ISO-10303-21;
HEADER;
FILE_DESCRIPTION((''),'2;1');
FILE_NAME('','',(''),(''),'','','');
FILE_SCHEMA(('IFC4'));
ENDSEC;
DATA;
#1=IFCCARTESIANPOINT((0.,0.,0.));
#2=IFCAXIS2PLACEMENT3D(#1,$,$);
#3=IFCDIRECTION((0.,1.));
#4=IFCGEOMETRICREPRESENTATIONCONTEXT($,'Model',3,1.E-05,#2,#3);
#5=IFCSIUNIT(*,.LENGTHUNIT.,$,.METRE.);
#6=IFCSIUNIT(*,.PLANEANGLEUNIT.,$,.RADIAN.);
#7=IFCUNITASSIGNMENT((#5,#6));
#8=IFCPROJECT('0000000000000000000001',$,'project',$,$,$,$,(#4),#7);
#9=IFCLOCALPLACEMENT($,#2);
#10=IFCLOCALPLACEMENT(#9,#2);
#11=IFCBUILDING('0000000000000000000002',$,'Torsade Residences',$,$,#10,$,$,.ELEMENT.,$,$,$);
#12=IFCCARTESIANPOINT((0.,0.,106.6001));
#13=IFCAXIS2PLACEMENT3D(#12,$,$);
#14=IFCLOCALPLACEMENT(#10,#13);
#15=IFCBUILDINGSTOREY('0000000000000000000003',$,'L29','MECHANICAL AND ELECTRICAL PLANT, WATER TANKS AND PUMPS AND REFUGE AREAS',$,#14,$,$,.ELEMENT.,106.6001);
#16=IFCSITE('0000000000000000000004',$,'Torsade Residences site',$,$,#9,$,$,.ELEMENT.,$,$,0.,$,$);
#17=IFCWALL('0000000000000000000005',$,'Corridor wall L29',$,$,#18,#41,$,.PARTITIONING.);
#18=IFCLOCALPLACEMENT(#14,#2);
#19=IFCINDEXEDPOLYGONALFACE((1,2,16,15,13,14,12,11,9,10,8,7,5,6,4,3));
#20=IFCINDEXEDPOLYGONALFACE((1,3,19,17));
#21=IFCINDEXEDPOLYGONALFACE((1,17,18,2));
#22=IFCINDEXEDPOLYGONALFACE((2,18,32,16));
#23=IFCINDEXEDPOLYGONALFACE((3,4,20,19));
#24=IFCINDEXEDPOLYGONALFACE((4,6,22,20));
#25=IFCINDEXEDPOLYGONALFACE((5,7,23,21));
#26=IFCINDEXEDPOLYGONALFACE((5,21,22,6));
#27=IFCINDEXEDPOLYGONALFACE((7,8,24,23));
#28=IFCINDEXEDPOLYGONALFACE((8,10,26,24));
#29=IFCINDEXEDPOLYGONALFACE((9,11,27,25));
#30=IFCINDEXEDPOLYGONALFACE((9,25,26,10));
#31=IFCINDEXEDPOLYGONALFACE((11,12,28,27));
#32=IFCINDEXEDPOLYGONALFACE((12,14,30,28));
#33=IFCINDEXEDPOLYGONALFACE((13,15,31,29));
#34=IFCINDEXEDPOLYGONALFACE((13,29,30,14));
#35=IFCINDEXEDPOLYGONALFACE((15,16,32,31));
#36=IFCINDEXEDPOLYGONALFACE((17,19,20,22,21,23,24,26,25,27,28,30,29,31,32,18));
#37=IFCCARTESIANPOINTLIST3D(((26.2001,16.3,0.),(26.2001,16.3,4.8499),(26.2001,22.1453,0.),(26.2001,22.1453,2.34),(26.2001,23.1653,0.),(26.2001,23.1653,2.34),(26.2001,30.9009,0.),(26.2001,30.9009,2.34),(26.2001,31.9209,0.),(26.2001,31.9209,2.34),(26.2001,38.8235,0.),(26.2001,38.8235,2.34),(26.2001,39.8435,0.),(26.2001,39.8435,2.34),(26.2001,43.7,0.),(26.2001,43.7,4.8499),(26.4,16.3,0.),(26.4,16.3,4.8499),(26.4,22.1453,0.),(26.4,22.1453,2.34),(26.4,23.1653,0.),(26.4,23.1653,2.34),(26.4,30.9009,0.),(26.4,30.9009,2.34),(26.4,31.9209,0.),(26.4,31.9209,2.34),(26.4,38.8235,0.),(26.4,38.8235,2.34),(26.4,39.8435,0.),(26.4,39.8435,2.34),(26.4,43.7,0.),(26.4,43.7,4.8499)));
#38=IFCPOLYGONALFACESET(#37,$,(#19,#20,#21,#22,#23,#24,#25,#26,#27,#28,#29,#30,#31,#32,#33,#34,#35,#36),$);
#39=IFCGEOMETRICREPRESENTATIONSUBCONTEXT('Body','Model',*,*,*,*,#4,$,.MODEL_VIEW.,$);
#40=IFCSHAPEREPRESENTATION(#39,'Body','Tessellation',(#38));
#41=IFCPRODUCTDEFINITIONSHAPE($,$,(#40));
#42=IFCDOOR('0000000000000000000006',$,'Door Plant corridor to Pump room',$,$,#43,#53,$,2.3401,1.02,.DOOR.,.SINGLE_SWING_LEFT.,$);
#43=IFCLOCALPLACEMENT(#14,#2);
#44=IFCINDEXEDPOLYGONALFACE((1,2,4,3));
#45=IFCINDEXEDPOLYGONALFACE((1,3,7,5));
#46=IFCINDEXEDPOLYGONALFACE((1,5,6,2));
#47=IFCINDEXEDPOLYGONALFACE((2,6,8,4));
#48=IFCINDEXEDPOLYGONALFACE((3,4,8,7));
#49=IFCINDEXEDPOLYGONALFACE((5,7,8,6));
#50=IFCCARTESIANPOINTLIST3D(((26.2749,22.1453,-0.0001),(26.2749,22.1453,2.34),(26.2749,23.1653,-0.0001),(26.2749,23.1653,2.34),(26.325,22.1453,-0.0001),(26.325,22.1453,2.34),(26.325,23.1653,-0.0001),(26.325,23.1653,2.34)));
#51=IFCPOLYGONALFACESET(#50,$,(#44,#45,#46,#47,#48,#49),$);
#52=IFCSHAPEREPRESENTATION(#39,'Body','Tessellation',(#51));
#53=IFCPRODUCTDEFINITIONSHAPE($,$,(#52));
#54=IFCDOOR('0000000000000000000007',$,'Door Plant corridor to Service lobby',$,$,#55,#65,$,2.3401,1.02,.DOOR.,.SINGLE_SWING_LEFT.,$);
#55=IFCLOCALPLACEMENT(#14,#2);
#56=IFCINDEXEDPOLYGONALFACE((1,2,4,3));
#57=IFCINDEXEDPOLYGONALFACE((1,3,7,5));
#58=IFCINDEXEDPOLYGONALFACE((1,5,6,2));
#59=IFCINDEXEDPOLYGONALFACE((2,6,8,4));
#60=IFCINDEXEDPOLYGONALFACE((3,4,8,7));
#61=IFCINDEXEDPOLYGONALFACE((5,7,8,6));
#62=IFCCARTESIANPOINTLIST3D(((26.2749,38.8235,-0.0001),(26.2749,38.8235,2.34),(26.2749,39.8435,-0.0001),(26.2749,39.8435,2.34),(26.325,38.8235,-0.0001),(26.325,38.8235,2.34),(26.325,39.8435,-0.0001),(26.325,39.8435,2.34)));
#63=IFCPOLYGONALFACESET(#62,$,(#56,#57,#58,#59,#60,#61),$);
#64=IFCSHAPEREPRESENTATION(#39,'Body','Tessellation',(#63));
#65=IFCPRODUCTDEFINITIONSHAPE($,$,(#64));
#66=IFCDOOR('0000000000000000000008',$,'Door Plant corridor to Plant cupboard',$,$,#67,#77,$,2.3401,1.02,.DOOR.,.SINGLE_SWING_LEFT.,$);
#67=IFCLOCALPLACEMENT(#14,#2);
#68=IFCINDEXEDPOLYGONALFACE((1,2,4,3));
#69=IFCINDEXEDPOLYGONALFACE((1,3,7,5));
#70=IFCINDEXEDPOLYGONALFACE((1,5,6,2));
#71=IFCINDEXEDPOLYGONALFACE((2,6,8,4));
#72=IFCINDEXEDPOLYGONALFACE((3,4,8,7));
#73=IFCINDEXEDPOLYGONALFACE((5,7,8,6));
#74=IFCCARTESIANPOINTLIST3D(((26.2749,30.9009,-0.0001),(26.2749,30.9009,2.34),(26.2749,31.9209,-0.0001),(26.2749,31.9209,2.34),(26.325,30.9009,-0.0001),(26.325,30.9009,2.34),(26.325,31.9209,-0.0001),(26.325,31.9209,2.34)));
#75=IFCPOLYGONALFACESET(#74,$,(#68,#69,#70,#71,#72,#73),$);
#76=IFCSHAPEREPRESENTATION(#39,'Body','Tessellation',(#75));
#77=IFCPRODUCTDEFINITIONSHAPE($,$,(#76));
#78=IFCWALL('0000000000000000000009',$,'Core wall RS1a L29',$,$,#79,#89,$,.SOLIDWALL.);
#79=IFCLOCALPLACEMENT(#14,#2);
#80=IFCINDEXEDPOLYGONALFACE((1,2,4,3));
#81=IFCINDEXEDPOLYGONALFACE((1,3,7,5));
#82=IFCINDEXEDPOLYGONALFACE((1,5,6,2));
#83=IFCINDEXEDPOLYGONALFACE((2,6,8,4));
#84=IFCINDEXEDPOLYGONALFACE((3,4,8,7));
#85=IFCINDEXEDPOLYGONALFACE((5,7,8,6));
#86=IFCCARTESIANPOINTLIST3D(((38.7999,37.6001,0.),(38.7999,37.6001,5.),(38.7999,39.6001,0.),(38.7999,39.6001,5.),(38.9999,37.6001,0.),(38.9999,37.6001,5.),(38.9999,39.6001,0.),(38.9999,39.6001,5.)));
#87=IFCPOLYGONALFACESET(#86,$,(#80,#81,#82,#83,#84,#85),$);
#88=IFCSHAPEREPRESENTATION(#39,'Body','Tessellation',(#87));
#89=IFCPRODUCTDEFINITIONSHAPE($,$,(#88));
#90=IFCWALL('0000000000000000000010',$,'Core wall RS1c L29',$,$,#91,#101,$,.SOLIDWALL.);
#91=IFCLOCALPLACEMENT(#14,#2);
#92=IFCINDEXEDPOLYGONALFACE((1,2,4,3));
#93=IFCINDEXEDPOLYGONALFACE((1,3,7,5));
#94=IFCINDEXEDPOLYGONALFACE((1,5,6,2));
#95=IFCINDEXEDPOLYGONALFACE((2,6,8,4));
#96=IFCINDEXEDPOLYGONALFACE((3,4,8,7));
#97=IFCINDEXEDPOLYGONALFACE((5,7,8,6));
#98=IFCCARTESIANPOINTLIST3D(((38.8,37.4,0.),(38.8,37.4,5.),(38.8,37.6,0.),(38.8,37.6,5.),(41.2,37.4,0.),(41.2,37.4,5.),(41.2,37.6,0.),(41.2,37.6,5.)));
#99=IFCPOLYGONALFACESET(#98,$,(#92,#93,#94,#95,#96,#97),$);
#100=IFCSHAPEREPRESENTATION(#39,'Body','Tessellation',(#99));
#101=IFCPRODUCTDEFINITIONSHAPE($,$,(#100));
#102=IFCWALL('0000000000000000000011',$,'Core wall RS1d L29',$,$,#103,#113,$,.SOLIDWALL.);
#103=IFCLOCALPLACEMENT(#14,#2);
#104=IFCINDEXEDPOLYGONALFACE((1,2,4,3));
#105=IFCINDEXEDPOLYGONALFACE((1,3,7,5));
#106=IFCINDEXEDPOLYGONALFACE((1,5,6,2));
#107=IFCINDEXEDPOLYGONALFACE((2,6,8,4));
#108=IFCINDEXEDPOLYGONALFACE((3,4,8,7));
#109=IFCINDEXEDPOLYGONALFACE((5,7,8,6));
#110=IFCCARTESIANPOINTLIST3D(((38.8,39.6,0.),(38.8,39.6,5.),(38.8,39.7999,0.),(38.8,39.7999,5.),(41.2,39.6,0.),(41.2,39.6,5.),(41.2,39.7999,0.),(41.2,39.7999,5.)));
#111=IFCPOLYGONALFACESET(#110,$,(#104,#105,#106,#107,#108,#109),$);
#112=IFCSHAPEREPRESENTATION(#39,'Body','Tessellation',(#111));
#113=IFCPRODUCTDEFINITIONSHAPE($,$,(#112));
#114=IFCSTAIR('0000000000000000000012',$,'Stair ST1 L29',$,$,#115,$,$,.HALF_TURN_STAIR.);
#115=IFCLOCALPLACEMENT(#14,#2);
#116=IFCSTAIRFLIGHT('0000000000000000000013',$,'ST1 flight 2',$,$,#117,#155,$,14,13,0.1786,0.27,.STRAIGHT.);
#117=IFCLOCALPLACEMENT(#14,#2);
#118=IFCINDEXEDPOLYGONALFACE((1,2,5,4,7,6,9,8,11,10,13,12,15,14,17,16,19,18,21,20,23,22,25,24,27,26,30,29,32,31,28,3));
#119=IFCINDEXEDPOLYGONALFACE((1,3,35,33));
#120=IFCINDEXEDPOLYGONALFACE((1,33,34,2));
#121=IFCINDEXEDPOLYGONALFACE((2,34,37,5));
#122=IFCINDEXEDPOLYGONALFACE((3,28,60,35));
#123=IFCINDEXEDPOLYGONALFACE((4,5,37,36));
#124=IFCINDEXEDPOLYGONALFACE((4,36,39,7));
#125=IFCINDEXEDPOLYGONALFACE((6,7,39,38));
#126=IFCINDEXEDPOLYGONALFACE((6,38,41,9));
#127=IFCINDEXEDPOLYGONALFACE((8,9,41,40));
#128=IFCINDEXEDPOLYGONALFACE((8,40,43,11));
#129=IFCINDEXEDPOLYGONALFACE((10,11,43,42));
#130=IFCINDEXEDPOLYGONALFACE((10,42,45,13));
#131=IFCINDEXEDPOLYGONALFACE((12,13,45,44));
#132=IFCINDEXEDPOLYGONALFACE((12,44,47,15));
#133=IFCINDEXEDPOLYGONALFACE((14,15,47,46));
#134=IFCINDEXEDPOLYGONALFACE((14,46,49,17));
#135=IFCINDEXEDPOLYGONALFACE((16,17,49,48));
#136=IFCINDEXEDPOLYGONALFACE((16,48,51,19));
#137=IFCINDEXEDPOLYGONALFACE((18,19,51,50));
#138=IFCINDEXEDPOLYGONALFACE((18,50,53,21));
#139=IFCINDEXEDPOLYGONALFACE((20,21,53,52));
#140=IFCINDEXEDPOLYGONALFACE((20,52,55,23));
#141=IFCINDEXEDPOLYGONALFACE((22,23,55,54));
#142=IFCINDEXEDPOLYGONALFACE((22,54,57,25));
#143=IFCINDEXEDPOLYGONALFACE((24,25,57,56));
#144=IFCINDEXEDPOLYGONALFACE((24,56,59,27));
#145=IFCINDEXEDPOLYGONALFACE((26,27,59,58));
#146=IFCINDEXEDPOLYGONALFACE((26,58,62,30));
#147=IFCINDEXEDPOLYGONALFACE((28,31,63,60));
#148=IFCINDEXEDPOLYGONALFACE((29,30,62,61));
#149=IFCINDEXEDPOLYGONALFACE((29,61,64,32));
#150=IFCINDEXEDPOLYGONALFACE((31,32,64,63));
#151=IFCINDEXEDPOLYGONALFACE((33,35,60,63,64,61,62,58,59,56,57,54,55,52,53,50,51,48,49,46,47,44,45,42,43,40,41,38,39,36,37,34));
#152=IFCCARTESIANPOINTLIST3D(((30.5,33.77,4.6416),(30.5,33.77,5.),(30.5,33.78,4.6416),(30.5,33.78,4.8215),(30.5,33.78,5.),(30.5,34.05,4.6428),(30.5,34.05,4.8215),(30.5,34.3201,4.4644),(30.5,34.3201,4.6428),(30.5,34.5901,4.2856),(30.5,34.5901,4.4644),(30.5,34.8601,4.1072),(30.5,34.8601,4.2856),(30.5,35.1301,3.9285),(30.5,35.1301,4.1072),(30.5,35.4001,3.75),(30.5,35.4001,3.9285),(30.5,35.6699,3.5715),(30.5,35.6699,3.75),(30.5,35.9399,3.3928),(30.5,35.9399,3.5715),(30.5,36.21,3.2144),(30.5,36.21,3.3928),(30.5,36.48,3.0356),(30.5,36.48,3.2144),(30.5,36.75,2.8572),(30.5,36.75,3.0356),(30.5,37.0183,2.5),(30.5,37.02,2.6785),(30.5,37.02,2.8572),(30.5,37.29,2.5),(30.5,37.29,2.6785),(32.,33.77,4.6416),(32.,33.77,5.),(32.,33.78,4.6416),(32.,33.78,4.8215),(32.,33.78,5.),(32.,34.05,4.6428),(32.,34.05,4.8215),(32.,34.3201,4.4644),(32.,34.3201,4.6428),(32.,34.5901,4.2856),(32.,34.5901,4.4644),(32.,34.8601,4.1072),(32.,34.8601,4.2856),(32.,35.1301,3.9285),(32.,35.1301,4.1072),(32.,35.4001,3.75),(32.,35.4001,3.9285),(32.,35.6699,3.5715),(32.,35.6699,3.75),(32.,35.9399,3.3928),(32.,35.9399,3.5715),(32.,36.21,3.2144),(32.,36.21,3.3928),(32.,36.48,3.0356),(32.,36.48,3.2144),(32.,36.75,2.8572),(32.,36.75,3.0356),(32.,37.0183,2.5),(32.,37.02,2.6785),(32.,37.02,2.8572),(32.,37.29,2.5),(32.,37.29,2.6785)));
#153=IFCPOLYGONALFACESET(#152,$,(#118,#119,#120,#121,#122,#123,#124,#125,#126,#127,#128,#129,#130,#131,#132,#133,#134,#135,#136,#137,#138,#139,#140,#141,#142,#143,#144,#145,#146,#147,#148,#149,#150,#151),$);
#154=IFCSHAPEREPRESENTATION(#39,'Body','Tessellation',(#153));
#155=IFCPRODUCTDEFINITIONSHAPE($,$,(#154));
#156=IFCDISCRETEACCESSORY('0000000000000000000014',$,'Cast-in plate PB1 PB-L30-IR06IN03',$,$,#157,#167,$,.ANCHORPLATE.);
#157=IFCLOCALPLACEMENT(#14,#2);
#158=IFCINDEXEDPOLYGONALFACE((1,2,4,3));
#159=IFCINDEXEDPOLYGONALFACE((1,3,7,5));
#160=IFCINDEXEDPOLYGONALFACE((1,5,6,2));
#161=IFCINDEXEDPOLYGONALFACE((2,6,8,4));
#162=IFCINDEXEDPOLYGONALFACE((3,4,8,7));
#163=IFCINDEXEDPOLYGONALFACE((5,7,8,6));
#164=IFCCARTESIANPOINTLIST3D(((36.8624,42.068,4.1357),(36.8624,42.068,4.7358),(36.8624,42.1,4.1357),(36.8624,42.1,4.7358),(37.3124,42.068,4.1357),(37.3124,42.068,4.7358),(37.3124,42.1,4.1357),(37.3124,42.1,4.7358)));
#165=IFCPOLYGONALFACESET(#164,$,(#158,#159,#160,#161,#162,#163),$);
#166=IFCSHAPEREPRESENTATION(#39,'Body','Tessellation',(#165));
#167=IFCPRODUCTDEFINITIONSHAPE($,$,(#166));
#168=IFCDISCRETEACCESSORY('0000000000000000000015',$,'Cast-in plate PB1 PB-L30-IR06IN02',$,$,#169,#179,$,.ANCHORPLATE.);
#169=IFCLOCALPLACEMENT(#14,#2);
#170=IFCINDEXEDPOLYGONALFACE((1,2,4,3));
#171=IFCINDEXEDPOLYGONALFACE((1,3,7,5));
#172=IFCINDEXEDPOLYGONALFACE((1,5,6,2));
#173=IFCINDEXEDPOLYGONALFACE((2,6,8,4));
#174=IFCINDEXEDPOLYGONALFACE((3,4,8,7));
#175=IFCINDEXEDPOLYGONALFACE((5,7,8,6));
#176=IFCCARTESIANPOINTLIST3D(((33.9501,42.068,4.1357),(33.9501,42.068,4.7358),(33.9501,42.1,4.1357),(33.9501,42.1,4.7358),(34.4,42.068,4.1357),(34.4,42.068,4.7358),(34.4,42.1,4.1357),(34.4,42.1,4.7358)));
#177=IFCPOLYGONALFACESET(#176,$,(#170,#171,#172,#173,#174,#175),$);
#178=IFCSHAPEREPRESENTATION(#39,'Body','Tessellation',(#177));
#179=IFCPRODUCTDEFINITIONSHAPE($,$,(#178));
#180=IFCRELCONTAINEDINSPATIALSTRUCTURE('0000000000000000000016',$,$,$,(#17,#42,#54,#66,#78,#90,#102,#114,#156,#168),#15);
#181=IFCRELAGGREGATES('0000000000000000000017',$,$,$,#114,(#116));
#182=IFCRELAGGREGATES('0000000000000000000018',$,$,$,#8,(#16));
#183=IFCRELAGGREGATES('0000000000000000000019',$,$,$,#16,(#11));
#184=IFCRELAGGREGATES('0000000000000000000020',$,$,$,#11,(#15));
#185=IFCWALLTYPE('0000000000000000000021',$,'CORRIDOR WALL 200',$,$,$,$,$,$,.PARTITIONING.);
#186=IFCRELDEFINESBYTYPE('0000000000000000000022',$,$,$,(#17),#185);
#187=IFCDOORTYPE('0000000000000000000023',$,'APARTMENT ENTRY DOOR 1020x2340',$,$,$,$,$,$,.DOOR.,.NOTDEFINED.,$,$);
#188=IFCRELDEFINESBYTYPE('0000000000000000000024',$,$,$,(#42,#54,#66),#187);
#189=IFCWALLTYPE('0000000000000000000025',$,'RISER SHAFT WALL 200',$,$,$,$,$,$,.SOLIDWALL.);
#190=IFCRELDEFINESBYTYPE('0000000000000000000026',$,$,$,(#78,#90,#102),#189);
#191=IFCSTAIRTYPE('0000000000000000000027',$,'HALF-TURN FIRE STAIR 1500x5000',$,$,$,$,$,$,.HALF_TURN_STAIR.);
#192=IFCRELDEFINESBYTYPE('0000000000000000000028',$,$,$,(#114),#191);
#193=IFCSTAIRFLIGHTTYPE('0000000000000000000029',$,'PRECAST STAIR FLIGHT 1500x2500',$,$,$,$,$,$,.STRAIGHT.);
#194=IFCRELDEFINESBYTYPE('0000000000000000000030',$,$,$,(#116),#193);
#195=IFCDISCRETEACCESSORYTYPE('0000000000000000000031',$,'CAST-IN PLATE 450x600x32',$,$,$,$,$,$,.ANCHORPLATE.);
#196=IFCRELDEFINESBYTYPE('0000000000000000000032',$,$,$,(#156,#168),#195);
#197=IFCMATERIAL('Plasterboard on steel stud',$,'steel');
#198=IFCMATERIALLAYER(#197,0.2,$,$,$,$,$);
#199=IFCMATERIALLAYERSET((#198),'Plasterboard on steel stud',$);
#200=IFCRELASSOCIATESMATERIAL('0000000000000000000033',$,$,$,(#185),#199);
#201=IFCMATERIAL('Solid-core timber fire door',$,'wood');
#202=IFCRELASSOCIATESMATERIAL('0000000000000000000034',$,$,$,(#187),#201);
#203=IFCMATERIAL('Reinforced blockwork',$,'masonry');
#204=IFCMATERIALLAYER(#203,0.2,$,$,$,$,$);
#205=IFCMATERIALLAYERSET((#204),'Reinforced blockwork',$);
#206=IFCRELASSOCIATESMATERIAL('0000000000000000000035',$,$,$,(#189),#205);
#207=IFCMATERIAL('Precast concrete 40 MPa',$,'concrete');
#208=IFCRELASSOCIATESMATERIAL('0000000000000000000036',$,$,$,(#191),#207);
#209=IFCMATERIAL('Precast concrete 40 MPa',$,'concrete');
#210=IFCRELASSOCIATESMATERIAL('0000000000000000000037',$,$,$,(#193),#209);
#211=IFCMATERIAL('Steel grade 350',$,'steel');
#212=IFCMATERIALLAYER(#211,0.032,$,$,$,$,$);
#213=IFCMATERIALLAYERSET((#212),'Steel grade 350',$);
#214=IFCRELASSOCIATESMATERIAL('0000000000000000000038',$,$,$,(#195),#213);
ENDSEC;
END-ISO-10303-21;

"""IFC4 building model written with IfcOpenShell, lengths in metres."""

from ifc_helpers import new_model, si_unit, direction, frame, frame_2d, origin, origin_2d, place, context, subcontext, project, spatial, polyline, rectangle, outline, extrude, material, layer, layer_set, type_object, element, fill, aggregate, save


model = new_model("IFC4")

# Units and contexts
model_context = context("Model", 3, precision=1e-05, world=origin(), true_north=direction((0.0, 1.0)))
body_context = subcontext(model_context, "Body", "Model", "MODEL_VIEW")
ifc_project = project(units=[si_unit("LENGTHUNIT", "METRE"), si_unit("PLANEANGLEUNIT", "RADIAN")], contexts=[model_context])

# Site, building, storey
site_placement = place(None, origin())
site = spatial("IfcSite", under=ifc_project, at=site_placement, Name="Torsade Residences site", CompositionType="ELEMENT", RefElevation=0.0)
building_placement = place(site_placement, origin())
building = spatial("IfcBuilding", under=site, at=building_placement, Name="Torsade Residences", CompositionType="ELEMENT")
storey_placement = place(building_placement, frame((0.0, 0.0, 106.6001)))
storey = spatial("IfcBuildingStorey", under=building, at=storey_placement, Name="L29", Description="MECHANICAL AND ELECTRICAL PLANT, WATER TANKS AND PUMPS AND REFUGE AREAS", CompositionType="ELEMENT", Elevation=106.6001)

# Wall, openings, doors
ifc_material_1 = material(Name="Plasterboard on steel stud", Category="steel")
ifc_layer_1 = layer(ifc_material_1, 0.2)
ifc_layer_set_1 = layer_set([ifc_layer_1], Name="Plasterboard on steel stud")
wall_type_1 = type_object("IfcWallType", Name="CORRIDOR WALL 200", PredefinedType="PARTITIONING", material=ifc_layer_set_1)
wall_1_placement = place(storey_placement, frame((26.3, 43.7, 0.0), z_axis=(0.0, 0.0, 1.0), x_axis=(0.0, -1.0, 0.0)))
wall_1 = element("IfcWall", 1, at=wall_1_placement, inside=storey, type_object=wall_type_1, Name="Corridor wall L29", PredefinedType="PARTITIONING", context=body_context, shape_type="SweptSolid", body=[
    extrude(rectangle(XDim=27.3999, YDim=0.2, at=frame_2d((13.7, 0.0))), origin(), (0.0, 0.0, 1.0), 4.8499),
])
opening_1_placement = place(wall_1_placement, frame((20.5347, 0.0, 0.0)))
opening_1 = element("IfcOpeningElement", 2, at=opening_1_placement, cuts=wall_1, PredefinedType="OPENING", context=body_context, shape_type="SweptSolid", body=[
    extrude(rectangle(XDim=1.02, YDim=2.3401, at=frame_2d((0.51, 1.1699))), frame((0.0, 0.1099, 0.0), z_axis=(0.0, -1.0, 0.0), x_axis=(1.0, 0.0, 0.0)), (0.0, 0.0, 1.0), 0.22),
])
opening_2_placement = place(wall_1_placement, frame((3.8564, 0.0, 0.0)))
opening_2 = element("IfcOpeningElement", 3, at=opening_2_placement, cuts=wall_1, PredefinedType="OPENING", context=body_context, shape_type="SweptSolid", body=[
    extrude(rectangle(XDim=1.02, YDim=2.3401, at=frame_2d((0.51, 1.1699))), frame((0.0, 0.1099, 0.0), z_axis=(0.0, -1.0, 0.0), x_axis=(1.0, 0.0, 0.0)), (0.0, 0.0, 1.0), 0.22),
])
opening_3_placement = place(wall_1_placement, frame((11.7791, 0.0, 0.0)))
opening_3 = element("IfcOpeningElement", 4, at=opening_3_placement, cuts=wall_1, PredefinedType="OPENING", context=body_context, shape_type="SweptSolid", body=[
    extrude(rectangle(XDim=1.02, YDim=2.3401, at=frame_2d((0.51, 1.1699))), frame((0.0, 0.1099, 0.0), z_axis=(0.0, -1.0, 0.0), x_axis=(1.0, 0.0, 0.0)), (0.0, 0.0, 1.0), 0.22),
])
ifc_material_2 = material(Name="Solid-core timber fire door", Category="wood")
door_type_1 = type_object("IfcDoorType", Name="APARTMENT ENTRY DOOR 1020x2340", OperationType="NOTDEFINED", PredefinedType="DOOR", material=ifc_material_2)
door_1_placement = place(opening_1_placement, origin())
door_1 = element("IfcDoor", 5, at=door_1_placement, inside=storey, type_object=door_type_1, Name="Door Plant corridor to Pump room", OperationType="SINGLE_SWING_LEFT", OverallHeight=2.3401, OverallWidth=1.02, PredefinedType="DOOR", context=body_context, shape_type="SweptSolid", body=[
    extrude(rectangle(XDim=1.02, YDim=2.3401, at=frame_2d((0.51, 1.1699))), frame((0.0, 0.0249, 0.0), z_axis=(0.0, -1.0, 0.0), x_axis=(1.0, 0.0, 0.0)), (0.0, 0.0, 1.0), 0.05),
])
fill(opening_1, door_1)
door_2_placement = place(opening_2_placement, origin())
door_2 = element("IfcDoor", 6, at=door_2_placement, inside=storey, type_object=door_type_1, Name="Door Plant corridor to Service lobby", OperationType="SINGLE_SWING_LEFT", OverallHeight=2.3401, OverallWidth=1.02, PredefinedType="DOOR", context=body_context, shape_type="SweptSolid", body=[
    extrude(rectangle(XDim=1.02, YDim=2.3401, at=frame_2d((0.51, 1.1699))), frame((0.0, 0.0249, 0.0), z_axis=(0.0, -1.0, 0.0), x_axis=(1.0, 0.0, 0.0)), (0.0, 0.0, 1.0), 0.05),
])
fill(opening_2, door_2)
door_3_placement = place(opening_3_placement, origin())
door_3 = element("IfcDoor", 7, at=door_3_placement, inside=storey, type_object=door_type_1, Name="Door Plant corridor to Plant cupboard", OperationType="SINGLE_SWING_LEFT", OverallHeight=2.3401, OverallWidth=1.02, PredefinedType="DOOR", context=body_context, shape_type="SweptSolid", body=[
    extrude(rectangle(XDim=1.02, YDim=2.3401, at=frame_2d((0.51, 1.1699))), frame((0.0, 0.0249, 0.0), z_axis=(0.0, -1.0, 0.0), x_axis=(1.0, 0.0, 0.0)), (0.0, 0.0, 1.0), 0.05),
])
fill(opening_3, door_3)

# Walls
ifc_material_3 = material(Name="Reinforced blockwork", Category="masonry")
ifc_layer_2 = layer(ifc_material_3, 0.2)
ifc_layer_set_2 = layer_set([ifc_layer_2], Name="Reinforced blockwork")
wall_type_2 = type_object("IfcWallType", Name="RISER SHAFT WALL 200", PredefinedType="SOLIDWALL", material=ifc_layer_set_2)
wall_2_placement = place(storey_placement, frame((38.8999, 37.6001, 0.0), z_axis=(0.0, 0.0, 1.0), x_axis=(0.0, 1.0, 0.0)))
element("IfcWall", 8, at=wall_2_placement, inside=storey, type_object=wall_type_2, Name="Core wall RS1a L29", PredefinedType="SOLIDWALL", context=body_context, shape_type="SweptSolid", body=[
    extrude(rectangle(XDim=2.0, YDim=0.2, at=frame_2d((1.0, 0.0))), origin(), (0.0, 0.0, 1.0), 5.0),
])
for number, where, z_axis, x_axis, name in (
    (9, (38.8, 37.5, 0.0), (0.0, 0.0, 1.0), (1.0, 0.0, 0.0), "Core wall RS1c L29"),
    (10, (38.8, 39.7, 0.0), (0.0, 0.0, 1.0), (1.0, 0.0, 0.0), "Core wall RS1d L29"),
):
    element("IfcWall", number, at=place(storey_placement, frame(where, z_axis=z_axis, x_axis=x_axis)), inside=storey, type_object=wall_type_2, Name=name, PredefinedType="SOLIDWALL", context=body_context, shape_type="SweptSolid", body=[
        extrude(rectangle(XDim=2.3999, YDim=0.2, at=frame_2d((1.2, 0.0))), origin(), (0.0, 0.0, 1.0), 5.0),
    ])

# Stair, stair flight
ifc_material_4 = material(Name="Precast concrete 40 MPa", Category="concrete")
stair_type = type_object("IfcStairType", Name="HALF-TURN FIRE STAIR 1500x5000", PredefinedType="HALF_TURN_STAIR", material=ifc_material_4)
stair_placement = place(storey_placement, origin())
stair = element("IfcStair", 11, at=stair_placement, inside=storey, type_object=stair_type, Name="Stair ST1 L29", PredefinedType="HALF_TURN_STAIR")
ifc_material_5 = material(Name="Precast concrete 40 MPa", Category="concrete")
stair_flight_type = type_object("IfcStairFlightType", Name="PRECAST STAIR FLIGHT 1500x2500", PredefinedType="STRAIGHT", material=ifc_material_5)
stair_flight_placement = place(storey_placement, frame((31.25, 37.29, 2.5), z_axis=(0.0, 0.0, 1.0), x_axis=(0.0, -1.0, 0.0)))
stair_flight = element("IfcStairFlight", 12, at=stair_flight_placement, type_object=stair_flight_type, Name="ST1 flight 2", NumberOfRisers=14, NumberOfTreads=13, PredefinedType="STRAIGHT", RiserHeight=0.1786, TreadLength=0.27, context=body_context, shape_type="SweptSolid", body=[
    extrude(outline(polyline([(0.0, 0.0), (0.0, 0.1785), (0.27, 0.1785), (0.27, 0.3572), (0.54, 0.3572), (0.54, 0.5356), (0.8101, 0.5356), (0.8101, 0.7144), (1.0801, 0.7144), (1.0801, 0.8928), (1.3501, 0.8928), (1.3501, 1.0715), (1.6201, 1.0715), (1.6201, 1.25), (1.8899, 1.25), (1.8899, 1.4285), (2.1599, 1.4285), (2.1599, 1.6072), (2.4299, 1.6072), (2.4299, 1.7856), (2.7, 1.7856), (2.7, 1.9644), (2.97, 1.9644), (2.97, 2.1428), (3.24, 2.1428), (3.24, 2.3215), (3.51, 2.3215), (3.51, 2.5), (3.52, 2.5), (3.52, 2.1416), (3.51, 2.1416), (0.2717, 0.0), (0.0, 0.0)])), frame((0.0, 0.75, 0.0), z_axis=(0.0, -1.0, 0.0), x_axis=(1.0, 0.0, 0.0)), (0.0, 0.0, 1.0), 1.5),
])
aggregate(stair, [stair_flight])

# Discrete accessories
ifc_material_6 = material(Name="Steel grade 350", Category="steel")
ifc_layer_3 = layer(ifc_material_6, 0.032)
ifc_layer_set_3 = layer_set([ifc_layer_3], Name="Steel grade 350")
discrete_accessory_type = type_object("IfcDiscreteAccessoryType", Name="CAST-IN PLATE 450x600x32", PredefinedType="ANCHORPLATE", material=ifc_layer_set_3)
for number, where, z_axis, x_axis, name in (
    (13, (37.0874, 42.084, 4.1357), (0.0, 0.0, 1.0), (1.0, 0.0, 0.0), "Cast-in plate PB1 PB-L30-IR06IN03"),
    (14, (34.175, 42.084, 4.1357), (0.0, 0.0, 1.0), (1.0, 0.0, 0.0), "Cast-in plate PB1 PB-L30-IR06IN02"),
):
    element("IfcDiscreteAccessory", number, at=place(storey_placement, frame(where, z_axis=z_axis, x_axis=x_axis)), inside=storey, type_object=discrete_accessory_type, Name=name, PredefinedType="ANCHORPLATE", context=body_context, shape_type="SweptSolid", body=[
        extrude(rectangle(XDim=0.45, YDim=0.032, at=origin_2d()), origin(), (0.0, 0.0, 1.0), 0.6001),
    ])

save(model, "model.ifc")
